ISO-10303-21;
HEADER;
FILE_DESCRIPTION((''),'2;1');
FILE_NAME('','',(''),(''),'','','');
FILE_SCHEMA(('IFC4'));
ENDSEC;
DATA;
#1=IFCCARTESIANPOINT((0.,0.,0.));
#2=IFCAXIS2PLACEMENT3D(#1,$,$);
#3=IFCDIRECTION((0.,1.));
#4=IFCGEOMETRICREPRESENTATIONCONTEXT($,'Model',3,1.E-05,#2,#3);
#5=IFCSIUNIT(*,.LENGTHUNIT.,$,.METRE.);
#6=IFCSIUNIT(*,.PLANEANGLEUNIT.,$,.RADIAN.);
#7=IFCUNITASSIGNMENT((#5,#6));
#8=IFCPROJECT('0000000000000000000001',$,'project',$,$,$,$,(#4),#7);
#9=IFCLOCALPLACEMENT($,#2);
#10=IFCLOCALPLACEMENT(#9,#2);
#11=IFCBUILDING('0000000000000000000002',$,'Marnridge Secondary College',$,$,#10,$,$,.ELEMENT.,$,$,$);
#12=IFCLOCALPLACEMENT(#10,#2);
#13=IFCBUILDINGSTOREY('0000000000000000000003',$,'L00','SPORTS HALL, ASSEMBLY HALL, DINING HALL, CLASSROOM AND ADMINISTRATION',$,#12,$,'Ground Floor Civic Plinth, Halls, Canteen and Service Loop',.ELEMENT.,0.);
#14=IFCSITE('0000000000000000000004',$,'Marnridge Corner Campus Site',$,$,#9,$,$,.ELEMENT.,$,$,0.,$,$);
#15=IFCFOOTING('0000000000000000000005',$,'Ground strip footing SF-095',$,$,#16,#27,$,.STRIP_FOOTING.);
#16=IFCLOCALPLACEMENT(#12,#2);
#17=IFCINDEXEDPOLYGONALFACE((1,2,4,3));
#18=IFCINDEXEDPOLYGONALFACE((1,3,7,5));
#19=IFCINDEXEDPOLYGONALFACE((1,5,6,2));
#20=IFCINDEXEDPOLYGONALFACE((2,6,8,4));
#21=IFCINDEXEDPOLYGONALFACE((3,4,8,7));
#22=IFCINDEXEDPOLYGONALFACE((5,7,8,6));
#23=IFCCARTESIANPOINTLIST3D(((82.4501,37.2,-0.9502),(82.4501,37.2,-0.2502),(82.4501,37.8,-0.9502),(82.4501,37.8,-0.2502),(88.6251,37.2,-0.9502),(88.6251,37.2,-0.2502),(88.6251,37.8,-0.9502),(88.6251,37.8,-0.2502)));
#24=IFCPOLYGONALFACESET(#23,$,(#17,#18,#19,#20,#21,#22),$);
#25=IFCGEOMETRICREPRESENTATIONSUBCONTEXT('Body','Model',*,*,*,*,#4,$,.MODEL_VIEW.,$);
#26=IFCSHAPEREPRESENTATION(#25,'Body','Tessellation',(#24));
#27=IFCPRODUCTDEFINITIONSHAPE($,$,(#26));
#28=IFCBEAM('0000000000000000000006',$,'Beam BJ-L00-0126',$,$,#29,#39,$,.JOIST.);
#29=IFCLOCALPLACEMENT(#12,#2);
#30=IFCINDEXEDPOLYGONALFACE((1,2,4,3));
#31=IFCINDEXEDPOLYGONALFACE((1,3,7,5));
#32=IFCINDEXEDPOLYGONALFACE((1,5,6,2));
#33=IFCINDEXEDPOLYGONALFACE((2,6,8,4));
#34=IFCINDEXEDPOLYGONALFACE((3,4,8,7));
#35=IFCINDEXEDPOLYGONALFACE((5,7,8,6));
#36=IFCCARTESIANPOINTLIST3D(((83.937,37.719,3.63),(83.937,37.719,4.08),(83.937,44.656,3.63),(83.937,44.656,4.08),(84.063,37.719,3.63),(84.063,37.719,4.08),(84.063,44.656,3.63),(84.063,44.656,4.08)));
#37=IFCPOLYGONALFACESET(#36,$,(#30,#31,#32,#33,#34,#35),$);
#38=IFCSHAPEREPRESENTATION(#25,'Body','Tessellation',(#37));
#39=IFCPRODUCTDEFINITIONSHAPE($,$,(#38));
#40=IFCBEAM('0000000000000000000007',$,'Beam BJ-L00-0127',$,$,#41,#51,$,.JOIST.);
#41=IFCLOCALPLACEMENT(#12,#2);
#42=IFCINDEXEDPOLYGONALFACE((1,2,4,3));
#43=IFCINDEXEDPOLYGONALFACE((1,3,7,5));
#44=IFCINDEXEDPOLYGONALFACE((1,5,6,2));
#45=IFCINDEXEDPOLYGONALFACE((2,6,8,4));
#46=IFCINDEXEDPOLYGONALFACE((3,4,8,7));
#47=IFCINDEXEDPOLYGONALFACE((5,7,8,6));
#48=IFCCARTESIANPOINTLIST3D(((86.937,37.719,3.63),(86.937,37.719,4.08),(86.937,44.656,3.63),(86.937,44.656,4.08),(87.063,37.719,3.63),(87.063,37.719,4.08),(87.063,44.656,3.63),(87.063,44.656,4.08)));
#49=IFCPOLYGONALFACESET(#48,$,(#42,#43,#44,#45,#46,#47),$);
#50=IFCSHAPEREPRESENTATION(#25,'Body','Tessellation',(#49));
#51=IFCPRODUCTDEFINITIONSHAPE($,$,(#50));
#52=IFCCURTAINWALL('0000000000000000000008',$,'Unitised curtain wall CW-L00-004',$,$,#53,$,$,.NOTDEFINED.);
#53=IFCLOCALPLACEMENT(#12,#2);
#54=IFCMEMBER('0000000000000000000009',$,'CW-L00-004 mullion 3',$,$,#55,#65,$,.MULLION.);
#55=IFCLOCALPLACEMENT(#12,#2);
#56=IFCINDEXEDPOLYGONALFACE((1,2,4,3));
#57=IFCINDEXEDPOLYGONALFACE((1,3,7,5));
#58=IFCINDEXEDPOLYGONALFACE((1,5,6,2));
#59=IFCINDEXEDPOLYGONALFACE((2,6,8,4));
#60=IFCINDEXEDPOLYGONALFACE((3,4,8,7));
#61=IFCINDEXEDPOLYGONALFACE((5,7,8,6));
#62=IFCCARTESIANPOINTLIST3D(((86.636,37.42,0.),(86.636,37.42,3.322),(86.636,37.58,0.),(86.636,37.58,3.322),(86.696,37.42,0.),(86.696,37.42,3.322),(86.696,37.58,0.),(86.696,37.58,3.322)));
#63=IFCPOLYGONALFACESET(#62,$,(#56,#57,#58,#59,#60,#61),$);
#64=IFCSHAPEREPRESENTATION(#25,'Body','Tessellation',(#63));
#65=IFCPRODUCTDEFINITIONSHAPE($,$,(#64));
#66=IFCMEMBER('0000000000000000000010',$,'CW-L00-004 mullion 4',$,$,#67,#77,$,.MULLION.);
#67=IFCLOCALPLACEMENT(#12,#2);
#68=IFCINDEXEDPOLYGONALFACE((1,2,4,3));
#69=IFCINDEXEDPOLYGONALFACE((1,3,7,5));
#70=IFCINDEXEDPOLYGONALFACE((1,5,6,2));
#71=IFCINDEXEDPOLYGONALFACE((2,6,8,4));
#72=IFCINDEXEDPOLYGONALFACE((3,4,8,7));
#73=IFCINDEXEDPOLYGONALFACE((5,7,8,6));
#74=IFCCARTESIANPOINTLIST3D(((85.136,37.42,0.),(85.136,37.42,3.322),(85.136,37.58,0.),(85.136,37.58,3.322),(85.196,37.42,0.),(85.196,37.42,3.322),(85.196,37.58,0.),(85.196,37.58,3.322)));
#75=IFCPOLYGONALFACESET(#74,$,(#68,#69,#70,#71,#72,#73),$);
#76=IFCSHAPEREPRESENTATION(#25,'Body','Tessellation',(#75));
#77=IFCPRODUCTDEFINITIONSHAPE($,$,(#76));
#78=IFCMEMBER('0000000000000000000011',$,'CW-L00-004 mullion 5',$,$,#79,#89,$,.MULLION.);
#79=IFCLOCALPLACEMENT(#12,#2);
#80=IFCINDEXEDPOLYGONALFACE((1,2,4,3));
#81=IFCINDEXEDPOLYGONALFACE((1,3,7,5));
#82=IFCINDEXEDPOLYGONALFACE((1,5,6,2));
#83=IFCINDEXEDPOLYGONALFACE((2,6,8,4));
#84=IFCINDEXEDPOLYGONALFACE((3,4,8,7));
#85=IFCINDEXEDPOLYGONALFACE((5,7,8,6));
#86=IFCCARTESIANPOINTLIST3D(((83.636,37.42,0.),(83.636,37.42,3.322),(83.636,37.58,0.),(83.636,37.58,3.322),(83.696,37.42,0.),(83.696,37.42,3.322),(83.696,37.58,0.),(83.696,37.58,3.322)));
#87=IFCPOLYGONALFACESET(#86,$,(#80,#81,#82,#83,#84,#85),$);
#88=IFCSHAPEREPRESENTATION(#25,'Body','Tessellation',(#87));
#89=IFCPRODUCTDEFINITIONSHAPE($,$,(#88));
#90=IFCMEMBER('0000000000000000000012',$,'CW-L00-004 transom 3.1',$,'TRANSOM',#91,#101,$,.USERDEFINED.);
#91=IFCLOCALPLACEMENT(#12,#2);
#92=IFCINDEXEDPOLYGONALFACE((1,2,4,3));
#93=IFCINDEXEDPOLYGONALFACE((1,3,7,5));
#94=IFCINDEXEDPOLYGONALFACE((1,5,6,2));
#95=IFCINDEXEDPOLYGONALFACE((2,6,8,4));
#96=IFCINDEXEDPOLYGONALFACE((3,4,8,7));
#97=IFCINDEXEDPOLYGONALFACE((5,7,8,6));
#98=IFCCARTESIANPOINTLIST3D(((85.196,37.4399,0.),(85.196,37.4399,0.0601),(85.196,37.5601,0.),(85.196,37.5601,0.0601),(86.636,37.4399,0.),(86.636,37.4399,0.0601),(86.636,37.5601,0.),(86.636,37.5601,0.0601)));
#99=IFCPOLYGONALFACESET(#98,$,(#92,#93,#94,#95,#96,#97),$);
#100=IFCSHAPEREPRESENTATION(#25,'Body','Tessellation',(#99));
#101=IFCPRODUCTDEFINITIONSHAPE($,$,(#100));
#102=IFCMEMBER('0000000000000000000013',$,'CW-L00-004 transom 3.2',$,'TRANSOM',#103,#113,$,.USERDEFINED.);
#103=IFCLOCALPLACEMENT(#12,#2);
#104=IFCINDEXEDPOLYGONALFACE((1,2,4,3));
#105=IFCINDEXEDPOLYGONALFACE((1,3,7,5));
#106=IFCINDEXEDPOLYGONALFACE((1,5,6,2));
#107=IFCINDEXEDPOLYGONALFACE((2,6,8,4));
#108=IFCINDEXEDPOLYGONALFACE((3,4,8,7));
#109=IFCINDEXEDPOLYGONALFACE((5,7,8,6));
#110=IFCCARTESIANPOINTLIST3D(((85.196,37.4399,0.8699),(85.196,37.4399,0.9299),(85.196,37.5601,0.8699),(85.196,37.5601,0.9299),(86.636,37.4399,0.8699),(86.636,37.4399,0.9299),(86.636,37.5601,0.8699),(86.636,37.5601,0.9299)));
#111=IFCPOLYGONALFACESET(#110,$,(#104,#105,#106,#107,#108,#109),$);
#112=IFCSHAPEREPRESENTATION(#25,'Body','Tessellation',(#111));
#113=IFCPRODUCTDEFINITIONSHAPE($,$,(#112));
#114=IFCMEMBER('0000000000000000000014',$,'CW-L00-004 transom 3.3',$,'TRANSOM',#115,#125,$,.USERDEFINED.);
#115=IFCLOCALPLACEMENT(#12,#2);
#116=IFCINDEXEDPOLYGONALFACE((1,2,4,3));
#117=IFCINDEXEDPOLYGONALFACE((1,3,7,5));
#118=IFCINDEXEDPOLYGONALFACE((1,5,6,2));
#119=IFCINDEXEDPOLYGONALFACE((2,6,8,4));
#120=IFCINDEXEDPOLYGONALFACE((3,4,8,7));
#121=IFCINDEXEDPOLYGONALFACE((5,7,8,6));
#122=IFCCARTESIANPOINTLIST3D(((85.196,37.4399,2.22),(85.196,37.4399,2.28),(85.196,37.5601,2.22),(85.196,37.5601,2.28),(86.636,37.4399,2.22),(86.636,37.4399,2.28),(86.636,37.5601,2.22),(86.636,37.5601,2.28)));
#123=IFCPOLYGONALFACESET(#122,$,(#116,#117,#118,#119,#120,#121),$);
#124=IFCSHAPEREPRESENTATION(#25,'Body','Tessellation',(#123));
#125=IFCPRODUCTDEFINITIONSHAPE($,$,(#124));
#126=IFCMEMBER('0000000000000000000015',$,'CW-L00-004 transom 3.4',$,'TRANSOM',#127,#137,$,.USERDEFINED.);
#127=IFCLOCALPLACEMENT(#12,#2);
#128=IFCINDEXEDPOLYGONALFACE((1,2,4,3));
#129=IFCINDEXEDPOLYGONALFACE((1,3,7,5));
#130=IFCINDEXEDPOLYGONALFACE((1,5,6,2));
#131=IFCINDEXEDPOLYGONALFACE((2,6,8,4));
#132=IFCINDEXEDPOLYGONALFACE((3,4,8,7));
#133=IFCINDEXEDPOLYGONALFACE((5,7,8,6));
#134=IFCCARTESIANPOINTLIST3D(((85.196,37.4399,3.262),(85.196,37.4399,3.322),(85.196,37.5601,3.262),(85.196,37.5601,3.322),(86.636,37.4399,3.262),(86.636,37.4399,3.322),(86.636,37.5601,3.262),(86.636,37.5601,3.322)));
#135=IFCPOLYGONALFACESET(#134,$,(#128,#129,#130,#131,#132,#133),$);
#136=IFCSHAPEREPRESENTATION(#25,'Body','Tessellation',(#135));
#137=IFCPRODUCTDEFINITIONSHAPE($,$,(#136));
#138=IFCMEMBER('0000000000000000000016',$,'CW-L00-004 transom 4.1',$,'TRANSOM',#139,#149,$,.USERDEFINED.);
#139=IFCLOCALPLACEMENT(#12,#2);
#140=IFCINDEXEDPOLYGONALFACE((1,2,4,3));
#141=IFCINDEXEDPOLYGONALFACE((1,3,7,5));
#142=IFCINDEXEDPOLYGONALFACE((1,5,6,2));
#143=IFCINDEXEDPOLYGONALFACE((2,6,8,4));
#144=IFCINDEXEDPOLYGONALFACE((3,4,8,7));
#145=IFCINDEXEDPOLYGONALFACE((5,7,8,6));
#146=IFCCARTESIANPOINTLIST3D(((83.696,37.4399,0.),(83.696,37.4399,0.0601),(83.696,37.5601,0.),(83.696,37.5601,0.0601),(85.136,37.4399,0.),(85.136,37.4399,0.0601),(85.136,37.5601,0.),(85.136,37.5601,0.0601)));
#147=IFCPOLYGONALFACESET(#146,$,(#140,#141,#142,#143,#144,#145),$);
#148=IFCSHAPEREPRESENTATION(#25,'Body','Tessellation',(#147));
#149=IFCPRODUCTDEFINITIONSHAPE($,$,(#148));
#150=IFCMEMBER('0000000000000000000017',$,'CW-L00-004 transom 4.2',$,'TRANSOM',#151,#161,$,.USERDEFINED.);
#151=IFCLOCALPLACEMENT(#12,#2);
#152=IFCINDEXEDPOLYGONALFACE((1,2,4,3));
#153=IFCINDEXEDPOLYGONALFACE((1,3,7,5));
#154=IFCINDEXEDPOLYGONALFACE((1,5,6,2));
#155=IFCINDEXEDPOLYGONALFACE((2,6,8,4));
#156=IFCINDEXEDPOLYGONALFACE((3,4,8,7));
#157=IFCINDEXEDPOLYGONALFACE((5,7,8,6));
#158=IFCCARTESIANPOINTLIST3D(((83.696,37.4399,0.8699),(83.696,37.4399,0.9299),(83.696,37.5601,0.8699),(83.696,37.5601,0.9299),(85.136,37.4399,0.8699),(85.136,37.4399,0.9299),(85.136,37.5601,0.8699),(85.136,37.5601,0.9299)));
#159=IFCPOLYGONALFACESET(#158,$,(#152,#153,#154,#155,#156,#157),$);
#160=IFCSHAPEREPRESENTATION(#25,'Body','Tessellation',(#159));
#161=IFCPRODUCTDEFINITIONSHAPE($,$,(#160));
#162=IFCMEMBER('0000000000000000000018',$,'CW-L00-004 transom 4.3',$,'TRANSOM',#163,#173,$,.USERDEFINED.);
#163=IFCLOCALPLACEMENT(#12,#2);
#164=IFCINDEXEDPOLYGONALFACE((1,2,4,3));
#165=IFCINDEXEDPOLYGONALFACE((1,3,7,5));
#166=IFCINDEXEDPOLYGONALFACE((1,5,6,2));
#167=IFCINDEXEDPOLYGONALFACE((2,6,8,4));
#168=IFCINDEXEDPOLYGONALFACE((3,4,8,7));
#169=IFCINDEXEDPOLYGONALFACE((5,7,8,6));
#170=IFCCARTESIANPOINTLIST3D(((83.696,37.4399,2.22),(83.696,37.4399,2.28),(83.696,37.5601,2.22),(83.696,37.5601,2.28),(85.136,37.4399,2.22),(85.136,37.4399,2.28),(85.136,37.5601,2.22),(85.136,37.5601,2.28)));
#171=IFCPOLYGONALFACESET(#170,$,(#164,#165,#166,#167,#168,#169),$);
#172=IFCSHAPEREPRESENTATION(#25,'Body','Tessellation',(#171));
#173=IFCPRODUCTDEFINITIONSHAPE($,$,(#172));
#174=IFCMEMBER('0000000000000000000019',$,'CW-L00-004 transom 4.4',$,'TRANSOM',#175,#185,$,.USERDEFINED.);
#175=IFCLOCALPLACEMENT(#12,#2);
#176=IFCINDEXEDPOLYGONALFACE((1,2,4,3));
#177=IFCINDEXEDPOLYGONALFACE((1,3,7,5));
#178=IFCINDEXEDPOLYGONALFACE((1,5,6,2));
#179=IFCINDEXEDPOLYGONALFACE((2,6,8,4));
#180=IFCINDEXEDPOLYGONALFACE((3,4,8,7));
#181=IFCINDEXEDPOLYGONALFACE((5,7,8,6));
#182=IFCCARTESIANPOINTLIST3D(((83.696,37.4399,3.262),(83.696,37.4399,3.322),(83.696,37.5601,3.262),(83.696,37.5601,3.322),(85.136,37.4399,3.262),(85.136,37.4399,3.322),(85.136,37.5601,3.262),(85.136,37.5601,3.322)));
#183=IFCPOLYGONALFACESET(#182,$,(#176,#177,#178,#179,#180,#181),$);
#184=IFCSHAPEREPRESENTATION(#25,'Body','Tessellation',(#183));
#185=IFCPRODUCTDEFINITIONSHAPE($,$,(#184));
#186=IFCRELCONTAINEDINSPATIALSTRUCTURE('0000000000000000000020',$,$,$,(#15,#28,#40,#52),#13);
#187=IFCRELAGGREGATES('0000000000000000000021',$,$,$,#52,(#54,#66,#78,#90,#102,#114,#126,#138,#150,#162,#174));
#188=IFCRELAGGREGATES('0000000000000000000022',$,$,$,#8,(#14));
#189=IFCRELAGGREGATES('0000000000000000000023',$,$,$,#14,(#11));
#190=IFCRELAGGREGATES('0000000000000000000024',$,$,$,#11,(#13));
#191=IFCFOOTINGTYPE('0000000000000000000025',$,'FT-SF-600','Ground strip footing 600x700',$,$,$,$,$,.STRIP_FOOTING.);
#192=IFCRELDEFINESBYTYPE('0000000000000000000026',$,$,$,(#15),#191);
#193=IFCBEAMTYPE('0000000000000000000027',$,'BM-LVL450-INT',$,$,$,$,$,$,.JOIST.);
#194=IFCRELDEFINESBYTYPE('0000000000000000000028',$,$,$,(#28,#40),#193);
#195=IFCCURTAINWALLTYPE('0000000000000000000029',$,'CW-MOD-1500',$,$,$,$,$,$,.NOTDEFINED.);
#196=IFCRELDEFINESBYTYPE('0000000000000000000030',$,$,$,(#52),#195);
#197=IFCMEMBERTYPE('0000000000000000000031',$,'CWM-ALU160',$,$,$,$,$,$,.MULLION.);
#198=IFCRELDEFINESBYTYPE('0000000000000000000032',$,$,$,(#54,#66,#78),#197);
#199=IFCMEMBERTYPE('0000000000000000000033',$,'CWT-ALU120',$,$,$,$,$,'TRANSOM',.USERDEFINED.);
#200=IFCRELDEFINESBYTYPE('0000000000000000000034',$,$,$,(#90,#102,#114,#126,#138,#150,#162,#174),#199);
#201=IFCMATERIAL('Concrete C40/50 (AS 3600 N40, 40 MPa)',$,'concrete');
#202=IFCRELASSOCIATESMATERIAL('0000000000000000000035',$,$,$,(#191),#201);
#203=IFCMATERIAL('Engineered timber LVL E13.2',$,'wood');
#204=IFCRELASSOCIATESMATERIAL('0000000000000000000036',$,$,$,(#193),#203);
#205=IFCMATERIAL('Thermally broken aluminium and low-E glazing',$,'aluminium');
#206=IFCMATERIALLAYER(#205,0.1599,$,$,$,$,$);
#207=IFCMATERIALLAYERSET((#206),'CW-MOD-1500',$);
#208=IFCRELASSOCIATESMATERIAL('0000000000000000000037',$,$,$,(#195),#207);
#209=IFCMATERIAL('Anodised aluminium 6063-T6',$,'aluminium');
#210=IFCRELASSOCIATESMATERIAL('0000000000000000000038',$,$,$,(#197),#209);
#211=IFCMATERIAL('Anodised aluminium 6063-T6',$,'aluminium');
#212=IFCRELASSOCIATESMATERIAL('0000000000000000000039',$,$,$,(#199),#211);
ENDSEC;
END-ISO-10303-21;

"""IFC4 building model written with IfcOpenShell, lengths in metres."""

from ifc_helpers import new_model, si_unit, direction, frame, origin, origin_2d, place, context, subcontext, project, spatial, rectangle, extrude, material, layer, layer_set, material_profile, profile_set, type_object, element, aggregate, save


model = new_model("IFC4")

# Units and contexts
model_context = context("Model", 3, precision=1e-05, world=origin(), true_north=direction((0.0, 1.0)))
body_context = subcontext(model_context, "Body", "Model", "MODEL_VIEW")
ifc_project = project(units=[si_unit("LENGTHUNIT", "METRE"), si_unit("PLANEANGLEUNIT", "RADIAN")], contexts=[model_context])

# Site, building, storey
site_placement = place(None, origin())
site = spatial("IfcSite", under=ifc_project, at=site_placement, Name="Marnridge Corner Campus Site", CompositionType="ELEMENT", RefElevation=0.0)
building_placement = place(site_placement, origin())
building = spatial("IfcBuilding", under=site, at=building_placement, Name="Marnridge Secondary College", CompositionType="ELEMENT")
storey_placement = place(building_placement, origin())
storey = spatial("IfcBuildingStorey", under=building, at=storey_placement, Name="L00", Description="SPORTS HALL, ASSEMBLY HALL, DINING HALL, CLASSROOM AND ADMINISTRATION", LongName="Ground Floor Civic Plinth, Halls, Canteen and Service Loop", CompositionType="ELEMENT", Elevation=0.0)

# Footing
ifc_material_1 = material(Name="Concrete C40/50 (AS 3600 N40, 40 MPa)", Category="concrete")
footing_type = type_object("IfcFootingType", Name="FT-SF-600", Description="Ground strip footing 600x700", PredefinedType="STRIP_FOOTING", material=ifc_material_1)
footing_placement = place(storey_placement, frame((85.5376, 37.5, -0.9502), z_axis=(0.0, 0.0, 1.0), x_axis=(1.0, 0.0, 0.0)))
element("IfcFooting", 1, at=footing_placement, inside=storey, type_object=footing_type, Name="Ground strip footing SF-095", PredefinedType="STRIP_FOOTING", context=body_context, shape_type="SweptSolid", body=[
    extrude(rectangle(XDim=6.175, YDim=0.6001, at=origin_2d()), origin(), (0.0, 0.0, 1.0), 0.7),
])

# Beams
ifc_material_2 = material(Name="Engineered timber LVL E13.2", Category="wood")
ifc_material_profile_1 = material_profile(ifc_material_2, rectangle(XDim=0.126, YDim=0.45, at=origin_2d()), Name="LVL 126x450")
ifc_profile_set_1 = profile_set([ifc_material_profile_1], Name="Engineered timber LVL E13.2")
beam_type = type_object("IfcBeamType", Name="BM-LVL450-INT", PredefinedType="JOIST", material=ifc_profile_set_1)
for number, where, z_axis, x_axis, name in (
    (2, (84.0, 37.719, 3.855), (0.0, 1.0, 0.0), (-1.0, 0.0, 0.0), "Beam BJ-L00-0126"),
    (3, (87.0, 37.719, 3.855), (0.0, 1.0, 0.0), (-1.0, 0.0, 0.0), "Beam BJ-L00-0127"),
):
    element("IfcBeam", number, at=place(storey_placement, frame(where, z_axis=z_axis, x_axis=x_axis)), inside=storey, type_object=beam_type, Name=name, PredefinedType="JOIST", context=body_context, shape_type="SweptSolid", body=[
        extrude(rectangle(XDim=0.126, YDim=0.45, at=origin_2d()), origin(), (0.0, 0.0, 1.0), 6.937),
    ])

# Curtain wall, members
ifc_material_3 = material(Name="Thermally broken aluminium and low-E glazing", Category="aluminium")
ifc_layer_1 = layer(ifc_material_3, 0.1599)
ifc_layer_set_1 = layer_set([ifc_layer_1], Name="CW-MOD-1500")
curtain_wall_type = type_object("IfcCurtainWallType", Name="CW-MOD-1500", PredefinedType="NOTDEFINED", material=ifc_layer_set_1)
curtain_wall_placement = place(storey_placement, origin())
curtain_wall = element("IfcCurtainWall", 4, at=curtain_wall_placement, inside=storey, type_object=curtain_wall_type, Name="Unitised curtain wall CW-L00-004", PredefinedType="NOTDEFINED")
ifc_material_4 = material(Name="Anodised aluminium 6063-T6", Category="aluminium")
ifc_material_profile_2 = material_profile(ifc_material_4, rectangle(XDim=0.0601, YDim=0.1599, at=origin_2d()), Name="ALU 60x160")
ifc_profile_set_2 = profile_set([ifc_material_profile_2], Name="Anodised aluminium 6063-T6")
member_type_1 = type_object("IfcMemberType", Name="CWM-ALU160", PredefinedType="MULLION", material=ifc_profile_set_2)
member_1_placement = place(storey_placement, frame((86.666, 37.5, 0.0), z_axis=(0.0, 0.0, 1.0), x_axis=(-1.0, 0.0, 0.0)))
member_1 = element("IfcMember", 5, at=member_1_placement, type_object=member_type_1, Name="CW-L00-004 mullion 3", PredefinedType="MULLION", context=body_context, shape_type="SweptSolid", body=[
    extrude(rectangle(XDim=0.0601, YDim=0.1599, at=origin_2d()), origin(), (0.0, 0.0, 1.0), 3.322),
])
member_2_placement = place(storey_placement, frame((85.166, 37.5, 0.0), z_axis=(0.0, 0.0, 1.0), x_axis=(-1.0, 0.0, 0.0)))
member_2 = element("IfcMember", 6, at=member_2_placement, type_object=member_type_1, Name="CW-L00-004 mullion 4", PredefinedType="MULLION", context=body_context, shape_type="SweptSolid", body=[
    extrude(rectangle(XDim=0.0601, YDim=0.1599, at=origin_2d()), origin(), (0.0, 0.0, 1.0), 3.322),
])
member_3_placement = place(storey_placement, frame((83.666, 37.5, 0.0), z_axis=(0.0, 0.0, 1.0), x_axis=(-1.0, 0.0, 0.0)))
member_3 = element("IfcMember", 7, at=member_3_placement, type_object=member_type_1, Name="CW-L00-004 mullion 5", PredefinedType="MULLION", context=body_context, shape_type="SweptSolid", body=[
    extrude(rectangle(XDim=0.0601, YDim=0.1599, at=origin_2d()), origin(), (0.0, 0.0, 1.0), 3.322),
])
ifc_material_5 = material(Name="Anodised aluminium 6063-T6", Category="aluminium")
ifc_material_profile_3 = material_profile(ifc_material_5, rectangle(XDim=0.0601, YDim=0.1201, at=origin_2d()), Name="ALU 60x120")
ifc_profile_set_3 = profile_set([ifc_material_profile_3], Name="Anodised aluminium 6063-T6")
member_type_2 = type_object("IfcMemberType", Name="CWT-ALU120", ElementType="TRANSOM", PredefinedType="USERDEFINED", material=ifc_profile_set_3)
member_4_placement = place(storey_placement, frame((86.636, 37.5, 0.03), z_axis=(-1.0, 0.0, 0.0), x_axis=(0.0, 0.0, 1.0)))
member_4 = element("IfcMember", 8, at=member_4_placement, type_object=member_type_2, Name="CW-L00-004 transom 3.1", ObjectType="TRANSOM", PredefinedType="USERDEFINED", context=body_context, shape_type="SweptSolid", body=[
    extrude(rectangle(XDim=0.0601, YDim=0.1201, at=origin_2d()), origin(), (0.0, 0.0, 1.0), 1.4399),
])
member_5_placement = place(storey_placement, frame((86.636, 37.5, 0.8999), z_axis=(-1.0, 0.0, 0.0), x_axis=(0.0, 0.0, 1.0)))
member_5 = element("IfcMember", 9, at=member_5_placement, type_object=member_type_2, Name="CW-L00-004 transom 3.2", ObjectType="TRANSOM", PredefinedType="USERDEFINED", context=body_context, shape_type="SweptSolid", body=[
    extrude(rectangle(XDim=0.0601, YDim=0.1201, at=origin_2d()), origin(), (0.0, 0.0, 1.0), 1.4399),
])
member_6_placement = place(storey_placement, frame((86.636, 37.5, 2.25), z_axis=(-1.0, 0.0, 0.0), x_axis=(0.0, 0.0, 1.0)))
member_6 = element("IfcMember", 10, at=member_6_placement, type_object=member_type_2, Name="CW-L00-004 transom 3.3", ObjectType="TRANSOM", PredefinedType="USERDEFINED", context=body_context, shape_type="SweptSolid", body=[
    extrude(rectangle(XDim=0.0601, YDim=0.1201, at=origin_2d()), origin(), (0.0, 0.0, 1.0), 1.4399),
])
member_7_placement = place(storey_placement, frame((86.636, 37.5, 3.292), z_axis=(-1.0, 0.0, 0.0), x_axis=(0.0, 0.0, 1.0)))
member_7 = element("IfcMember", 11, at=member_7_placement, type_object=member_type_2, Name="CW-L00-004 transom 3.4", ObjectType="TRANSOM", PredefinedType="USERDEFINED", context=body_context, shape_type="SweptSolid", body=[
    extrude(rectangle(XDim=0.0601, YDim=0.1201, at=origin_2d()), origin(), (0.0, 0.0, 1.0), 1.4399),
])
member_8_placement = place(storey_placement, frame((85.136, 37.5, 0.03), z_axis=(-1.0, 0.0, 0.0), x_axis=(0.0, 0.0, 1.0)))
member_8 = element("IfcMember", 12, at=member_8_placement, type_object=member_type_2, Name="CW-L00-004 transom 4.1", ObjectType="TRANSOM", PredefinedType="USERDEFINED", context=body_context, shape_type="SweptSolid", body=[
    extrude(rectangle(XDim=0.0601, YDim=0.1201, at=origin_2d()), origin(), (0.0, 0.0, 1.0), 1.4399),
])
member_9_placement = place(storey_placement, frame((85.136, 37.5, 0.8999), z_axis=(-1.0, 0.0, 0.0), x_axis=(0.0, 0.0, 1.0)))
member_9 = element("IfcMember", 13, at=member_9_placement, type_object=member_type_2, Name="CW-L00-004 transom 4.2", ObjectType="TRANSOM", PredefinedType="USERDEFINED", context=body_context, shape_type="SweptSolid", body=[
    extrude(rectangle(XDim=0.0601, YDim=0.1201, at=origin_2d()), origin(), (0.0, 0.0, 1.0), 1.4399),
])
member_10_placement = place(storey_placement, frame((85.136, 37.5, 2.25), z_axis=(-1.0, 0.0, 0.0), x_axis=(0.0, 0.0, 1.0)))
member_10 = element("IfcMember", 14, at=member_10_placement, type_object=member_type_2, Name="CW-L00-004 transom 4.3", ObjectType="TRANSOM", PredefinedType="USERDEFINED", context=body_context, shape_type="SweptSolid", body=[
    extrude(rectangle(XDim=0.0601, YDim=0.1201, at=origin_2d()), origin(), (0.0, 0.0, 1.0), 1.4399),
])
member_11_placement = place(storey_placement, frame((85.136, 37.5, 3.292), z_axis=(-1.0, 0.0, 0.0), x_axis=(0.0, 0.0, 1.0)))
member_11 = element("IfcMember", 15, at=member_11_placement, type_object=member_type_2, Name="CW-L00-004 transom 4.4", ObjectType="TRANSOM", PredefinedType="USERDEFINED", context=body_context, shape_type="SweptSolid", body=[
    extrude(rectangle(XDim=0.0601, YDim=0.1201, at=origin_2d()), origin(), (0.0, 0.0, 1.0), 1.4399),
])
aggregate(curtain_wall, [member_1, member_2, member_3, member_4, member_5, member_6, member_7, member_8, member_9, member_10, member_11])

save(model, "model.ifc")
